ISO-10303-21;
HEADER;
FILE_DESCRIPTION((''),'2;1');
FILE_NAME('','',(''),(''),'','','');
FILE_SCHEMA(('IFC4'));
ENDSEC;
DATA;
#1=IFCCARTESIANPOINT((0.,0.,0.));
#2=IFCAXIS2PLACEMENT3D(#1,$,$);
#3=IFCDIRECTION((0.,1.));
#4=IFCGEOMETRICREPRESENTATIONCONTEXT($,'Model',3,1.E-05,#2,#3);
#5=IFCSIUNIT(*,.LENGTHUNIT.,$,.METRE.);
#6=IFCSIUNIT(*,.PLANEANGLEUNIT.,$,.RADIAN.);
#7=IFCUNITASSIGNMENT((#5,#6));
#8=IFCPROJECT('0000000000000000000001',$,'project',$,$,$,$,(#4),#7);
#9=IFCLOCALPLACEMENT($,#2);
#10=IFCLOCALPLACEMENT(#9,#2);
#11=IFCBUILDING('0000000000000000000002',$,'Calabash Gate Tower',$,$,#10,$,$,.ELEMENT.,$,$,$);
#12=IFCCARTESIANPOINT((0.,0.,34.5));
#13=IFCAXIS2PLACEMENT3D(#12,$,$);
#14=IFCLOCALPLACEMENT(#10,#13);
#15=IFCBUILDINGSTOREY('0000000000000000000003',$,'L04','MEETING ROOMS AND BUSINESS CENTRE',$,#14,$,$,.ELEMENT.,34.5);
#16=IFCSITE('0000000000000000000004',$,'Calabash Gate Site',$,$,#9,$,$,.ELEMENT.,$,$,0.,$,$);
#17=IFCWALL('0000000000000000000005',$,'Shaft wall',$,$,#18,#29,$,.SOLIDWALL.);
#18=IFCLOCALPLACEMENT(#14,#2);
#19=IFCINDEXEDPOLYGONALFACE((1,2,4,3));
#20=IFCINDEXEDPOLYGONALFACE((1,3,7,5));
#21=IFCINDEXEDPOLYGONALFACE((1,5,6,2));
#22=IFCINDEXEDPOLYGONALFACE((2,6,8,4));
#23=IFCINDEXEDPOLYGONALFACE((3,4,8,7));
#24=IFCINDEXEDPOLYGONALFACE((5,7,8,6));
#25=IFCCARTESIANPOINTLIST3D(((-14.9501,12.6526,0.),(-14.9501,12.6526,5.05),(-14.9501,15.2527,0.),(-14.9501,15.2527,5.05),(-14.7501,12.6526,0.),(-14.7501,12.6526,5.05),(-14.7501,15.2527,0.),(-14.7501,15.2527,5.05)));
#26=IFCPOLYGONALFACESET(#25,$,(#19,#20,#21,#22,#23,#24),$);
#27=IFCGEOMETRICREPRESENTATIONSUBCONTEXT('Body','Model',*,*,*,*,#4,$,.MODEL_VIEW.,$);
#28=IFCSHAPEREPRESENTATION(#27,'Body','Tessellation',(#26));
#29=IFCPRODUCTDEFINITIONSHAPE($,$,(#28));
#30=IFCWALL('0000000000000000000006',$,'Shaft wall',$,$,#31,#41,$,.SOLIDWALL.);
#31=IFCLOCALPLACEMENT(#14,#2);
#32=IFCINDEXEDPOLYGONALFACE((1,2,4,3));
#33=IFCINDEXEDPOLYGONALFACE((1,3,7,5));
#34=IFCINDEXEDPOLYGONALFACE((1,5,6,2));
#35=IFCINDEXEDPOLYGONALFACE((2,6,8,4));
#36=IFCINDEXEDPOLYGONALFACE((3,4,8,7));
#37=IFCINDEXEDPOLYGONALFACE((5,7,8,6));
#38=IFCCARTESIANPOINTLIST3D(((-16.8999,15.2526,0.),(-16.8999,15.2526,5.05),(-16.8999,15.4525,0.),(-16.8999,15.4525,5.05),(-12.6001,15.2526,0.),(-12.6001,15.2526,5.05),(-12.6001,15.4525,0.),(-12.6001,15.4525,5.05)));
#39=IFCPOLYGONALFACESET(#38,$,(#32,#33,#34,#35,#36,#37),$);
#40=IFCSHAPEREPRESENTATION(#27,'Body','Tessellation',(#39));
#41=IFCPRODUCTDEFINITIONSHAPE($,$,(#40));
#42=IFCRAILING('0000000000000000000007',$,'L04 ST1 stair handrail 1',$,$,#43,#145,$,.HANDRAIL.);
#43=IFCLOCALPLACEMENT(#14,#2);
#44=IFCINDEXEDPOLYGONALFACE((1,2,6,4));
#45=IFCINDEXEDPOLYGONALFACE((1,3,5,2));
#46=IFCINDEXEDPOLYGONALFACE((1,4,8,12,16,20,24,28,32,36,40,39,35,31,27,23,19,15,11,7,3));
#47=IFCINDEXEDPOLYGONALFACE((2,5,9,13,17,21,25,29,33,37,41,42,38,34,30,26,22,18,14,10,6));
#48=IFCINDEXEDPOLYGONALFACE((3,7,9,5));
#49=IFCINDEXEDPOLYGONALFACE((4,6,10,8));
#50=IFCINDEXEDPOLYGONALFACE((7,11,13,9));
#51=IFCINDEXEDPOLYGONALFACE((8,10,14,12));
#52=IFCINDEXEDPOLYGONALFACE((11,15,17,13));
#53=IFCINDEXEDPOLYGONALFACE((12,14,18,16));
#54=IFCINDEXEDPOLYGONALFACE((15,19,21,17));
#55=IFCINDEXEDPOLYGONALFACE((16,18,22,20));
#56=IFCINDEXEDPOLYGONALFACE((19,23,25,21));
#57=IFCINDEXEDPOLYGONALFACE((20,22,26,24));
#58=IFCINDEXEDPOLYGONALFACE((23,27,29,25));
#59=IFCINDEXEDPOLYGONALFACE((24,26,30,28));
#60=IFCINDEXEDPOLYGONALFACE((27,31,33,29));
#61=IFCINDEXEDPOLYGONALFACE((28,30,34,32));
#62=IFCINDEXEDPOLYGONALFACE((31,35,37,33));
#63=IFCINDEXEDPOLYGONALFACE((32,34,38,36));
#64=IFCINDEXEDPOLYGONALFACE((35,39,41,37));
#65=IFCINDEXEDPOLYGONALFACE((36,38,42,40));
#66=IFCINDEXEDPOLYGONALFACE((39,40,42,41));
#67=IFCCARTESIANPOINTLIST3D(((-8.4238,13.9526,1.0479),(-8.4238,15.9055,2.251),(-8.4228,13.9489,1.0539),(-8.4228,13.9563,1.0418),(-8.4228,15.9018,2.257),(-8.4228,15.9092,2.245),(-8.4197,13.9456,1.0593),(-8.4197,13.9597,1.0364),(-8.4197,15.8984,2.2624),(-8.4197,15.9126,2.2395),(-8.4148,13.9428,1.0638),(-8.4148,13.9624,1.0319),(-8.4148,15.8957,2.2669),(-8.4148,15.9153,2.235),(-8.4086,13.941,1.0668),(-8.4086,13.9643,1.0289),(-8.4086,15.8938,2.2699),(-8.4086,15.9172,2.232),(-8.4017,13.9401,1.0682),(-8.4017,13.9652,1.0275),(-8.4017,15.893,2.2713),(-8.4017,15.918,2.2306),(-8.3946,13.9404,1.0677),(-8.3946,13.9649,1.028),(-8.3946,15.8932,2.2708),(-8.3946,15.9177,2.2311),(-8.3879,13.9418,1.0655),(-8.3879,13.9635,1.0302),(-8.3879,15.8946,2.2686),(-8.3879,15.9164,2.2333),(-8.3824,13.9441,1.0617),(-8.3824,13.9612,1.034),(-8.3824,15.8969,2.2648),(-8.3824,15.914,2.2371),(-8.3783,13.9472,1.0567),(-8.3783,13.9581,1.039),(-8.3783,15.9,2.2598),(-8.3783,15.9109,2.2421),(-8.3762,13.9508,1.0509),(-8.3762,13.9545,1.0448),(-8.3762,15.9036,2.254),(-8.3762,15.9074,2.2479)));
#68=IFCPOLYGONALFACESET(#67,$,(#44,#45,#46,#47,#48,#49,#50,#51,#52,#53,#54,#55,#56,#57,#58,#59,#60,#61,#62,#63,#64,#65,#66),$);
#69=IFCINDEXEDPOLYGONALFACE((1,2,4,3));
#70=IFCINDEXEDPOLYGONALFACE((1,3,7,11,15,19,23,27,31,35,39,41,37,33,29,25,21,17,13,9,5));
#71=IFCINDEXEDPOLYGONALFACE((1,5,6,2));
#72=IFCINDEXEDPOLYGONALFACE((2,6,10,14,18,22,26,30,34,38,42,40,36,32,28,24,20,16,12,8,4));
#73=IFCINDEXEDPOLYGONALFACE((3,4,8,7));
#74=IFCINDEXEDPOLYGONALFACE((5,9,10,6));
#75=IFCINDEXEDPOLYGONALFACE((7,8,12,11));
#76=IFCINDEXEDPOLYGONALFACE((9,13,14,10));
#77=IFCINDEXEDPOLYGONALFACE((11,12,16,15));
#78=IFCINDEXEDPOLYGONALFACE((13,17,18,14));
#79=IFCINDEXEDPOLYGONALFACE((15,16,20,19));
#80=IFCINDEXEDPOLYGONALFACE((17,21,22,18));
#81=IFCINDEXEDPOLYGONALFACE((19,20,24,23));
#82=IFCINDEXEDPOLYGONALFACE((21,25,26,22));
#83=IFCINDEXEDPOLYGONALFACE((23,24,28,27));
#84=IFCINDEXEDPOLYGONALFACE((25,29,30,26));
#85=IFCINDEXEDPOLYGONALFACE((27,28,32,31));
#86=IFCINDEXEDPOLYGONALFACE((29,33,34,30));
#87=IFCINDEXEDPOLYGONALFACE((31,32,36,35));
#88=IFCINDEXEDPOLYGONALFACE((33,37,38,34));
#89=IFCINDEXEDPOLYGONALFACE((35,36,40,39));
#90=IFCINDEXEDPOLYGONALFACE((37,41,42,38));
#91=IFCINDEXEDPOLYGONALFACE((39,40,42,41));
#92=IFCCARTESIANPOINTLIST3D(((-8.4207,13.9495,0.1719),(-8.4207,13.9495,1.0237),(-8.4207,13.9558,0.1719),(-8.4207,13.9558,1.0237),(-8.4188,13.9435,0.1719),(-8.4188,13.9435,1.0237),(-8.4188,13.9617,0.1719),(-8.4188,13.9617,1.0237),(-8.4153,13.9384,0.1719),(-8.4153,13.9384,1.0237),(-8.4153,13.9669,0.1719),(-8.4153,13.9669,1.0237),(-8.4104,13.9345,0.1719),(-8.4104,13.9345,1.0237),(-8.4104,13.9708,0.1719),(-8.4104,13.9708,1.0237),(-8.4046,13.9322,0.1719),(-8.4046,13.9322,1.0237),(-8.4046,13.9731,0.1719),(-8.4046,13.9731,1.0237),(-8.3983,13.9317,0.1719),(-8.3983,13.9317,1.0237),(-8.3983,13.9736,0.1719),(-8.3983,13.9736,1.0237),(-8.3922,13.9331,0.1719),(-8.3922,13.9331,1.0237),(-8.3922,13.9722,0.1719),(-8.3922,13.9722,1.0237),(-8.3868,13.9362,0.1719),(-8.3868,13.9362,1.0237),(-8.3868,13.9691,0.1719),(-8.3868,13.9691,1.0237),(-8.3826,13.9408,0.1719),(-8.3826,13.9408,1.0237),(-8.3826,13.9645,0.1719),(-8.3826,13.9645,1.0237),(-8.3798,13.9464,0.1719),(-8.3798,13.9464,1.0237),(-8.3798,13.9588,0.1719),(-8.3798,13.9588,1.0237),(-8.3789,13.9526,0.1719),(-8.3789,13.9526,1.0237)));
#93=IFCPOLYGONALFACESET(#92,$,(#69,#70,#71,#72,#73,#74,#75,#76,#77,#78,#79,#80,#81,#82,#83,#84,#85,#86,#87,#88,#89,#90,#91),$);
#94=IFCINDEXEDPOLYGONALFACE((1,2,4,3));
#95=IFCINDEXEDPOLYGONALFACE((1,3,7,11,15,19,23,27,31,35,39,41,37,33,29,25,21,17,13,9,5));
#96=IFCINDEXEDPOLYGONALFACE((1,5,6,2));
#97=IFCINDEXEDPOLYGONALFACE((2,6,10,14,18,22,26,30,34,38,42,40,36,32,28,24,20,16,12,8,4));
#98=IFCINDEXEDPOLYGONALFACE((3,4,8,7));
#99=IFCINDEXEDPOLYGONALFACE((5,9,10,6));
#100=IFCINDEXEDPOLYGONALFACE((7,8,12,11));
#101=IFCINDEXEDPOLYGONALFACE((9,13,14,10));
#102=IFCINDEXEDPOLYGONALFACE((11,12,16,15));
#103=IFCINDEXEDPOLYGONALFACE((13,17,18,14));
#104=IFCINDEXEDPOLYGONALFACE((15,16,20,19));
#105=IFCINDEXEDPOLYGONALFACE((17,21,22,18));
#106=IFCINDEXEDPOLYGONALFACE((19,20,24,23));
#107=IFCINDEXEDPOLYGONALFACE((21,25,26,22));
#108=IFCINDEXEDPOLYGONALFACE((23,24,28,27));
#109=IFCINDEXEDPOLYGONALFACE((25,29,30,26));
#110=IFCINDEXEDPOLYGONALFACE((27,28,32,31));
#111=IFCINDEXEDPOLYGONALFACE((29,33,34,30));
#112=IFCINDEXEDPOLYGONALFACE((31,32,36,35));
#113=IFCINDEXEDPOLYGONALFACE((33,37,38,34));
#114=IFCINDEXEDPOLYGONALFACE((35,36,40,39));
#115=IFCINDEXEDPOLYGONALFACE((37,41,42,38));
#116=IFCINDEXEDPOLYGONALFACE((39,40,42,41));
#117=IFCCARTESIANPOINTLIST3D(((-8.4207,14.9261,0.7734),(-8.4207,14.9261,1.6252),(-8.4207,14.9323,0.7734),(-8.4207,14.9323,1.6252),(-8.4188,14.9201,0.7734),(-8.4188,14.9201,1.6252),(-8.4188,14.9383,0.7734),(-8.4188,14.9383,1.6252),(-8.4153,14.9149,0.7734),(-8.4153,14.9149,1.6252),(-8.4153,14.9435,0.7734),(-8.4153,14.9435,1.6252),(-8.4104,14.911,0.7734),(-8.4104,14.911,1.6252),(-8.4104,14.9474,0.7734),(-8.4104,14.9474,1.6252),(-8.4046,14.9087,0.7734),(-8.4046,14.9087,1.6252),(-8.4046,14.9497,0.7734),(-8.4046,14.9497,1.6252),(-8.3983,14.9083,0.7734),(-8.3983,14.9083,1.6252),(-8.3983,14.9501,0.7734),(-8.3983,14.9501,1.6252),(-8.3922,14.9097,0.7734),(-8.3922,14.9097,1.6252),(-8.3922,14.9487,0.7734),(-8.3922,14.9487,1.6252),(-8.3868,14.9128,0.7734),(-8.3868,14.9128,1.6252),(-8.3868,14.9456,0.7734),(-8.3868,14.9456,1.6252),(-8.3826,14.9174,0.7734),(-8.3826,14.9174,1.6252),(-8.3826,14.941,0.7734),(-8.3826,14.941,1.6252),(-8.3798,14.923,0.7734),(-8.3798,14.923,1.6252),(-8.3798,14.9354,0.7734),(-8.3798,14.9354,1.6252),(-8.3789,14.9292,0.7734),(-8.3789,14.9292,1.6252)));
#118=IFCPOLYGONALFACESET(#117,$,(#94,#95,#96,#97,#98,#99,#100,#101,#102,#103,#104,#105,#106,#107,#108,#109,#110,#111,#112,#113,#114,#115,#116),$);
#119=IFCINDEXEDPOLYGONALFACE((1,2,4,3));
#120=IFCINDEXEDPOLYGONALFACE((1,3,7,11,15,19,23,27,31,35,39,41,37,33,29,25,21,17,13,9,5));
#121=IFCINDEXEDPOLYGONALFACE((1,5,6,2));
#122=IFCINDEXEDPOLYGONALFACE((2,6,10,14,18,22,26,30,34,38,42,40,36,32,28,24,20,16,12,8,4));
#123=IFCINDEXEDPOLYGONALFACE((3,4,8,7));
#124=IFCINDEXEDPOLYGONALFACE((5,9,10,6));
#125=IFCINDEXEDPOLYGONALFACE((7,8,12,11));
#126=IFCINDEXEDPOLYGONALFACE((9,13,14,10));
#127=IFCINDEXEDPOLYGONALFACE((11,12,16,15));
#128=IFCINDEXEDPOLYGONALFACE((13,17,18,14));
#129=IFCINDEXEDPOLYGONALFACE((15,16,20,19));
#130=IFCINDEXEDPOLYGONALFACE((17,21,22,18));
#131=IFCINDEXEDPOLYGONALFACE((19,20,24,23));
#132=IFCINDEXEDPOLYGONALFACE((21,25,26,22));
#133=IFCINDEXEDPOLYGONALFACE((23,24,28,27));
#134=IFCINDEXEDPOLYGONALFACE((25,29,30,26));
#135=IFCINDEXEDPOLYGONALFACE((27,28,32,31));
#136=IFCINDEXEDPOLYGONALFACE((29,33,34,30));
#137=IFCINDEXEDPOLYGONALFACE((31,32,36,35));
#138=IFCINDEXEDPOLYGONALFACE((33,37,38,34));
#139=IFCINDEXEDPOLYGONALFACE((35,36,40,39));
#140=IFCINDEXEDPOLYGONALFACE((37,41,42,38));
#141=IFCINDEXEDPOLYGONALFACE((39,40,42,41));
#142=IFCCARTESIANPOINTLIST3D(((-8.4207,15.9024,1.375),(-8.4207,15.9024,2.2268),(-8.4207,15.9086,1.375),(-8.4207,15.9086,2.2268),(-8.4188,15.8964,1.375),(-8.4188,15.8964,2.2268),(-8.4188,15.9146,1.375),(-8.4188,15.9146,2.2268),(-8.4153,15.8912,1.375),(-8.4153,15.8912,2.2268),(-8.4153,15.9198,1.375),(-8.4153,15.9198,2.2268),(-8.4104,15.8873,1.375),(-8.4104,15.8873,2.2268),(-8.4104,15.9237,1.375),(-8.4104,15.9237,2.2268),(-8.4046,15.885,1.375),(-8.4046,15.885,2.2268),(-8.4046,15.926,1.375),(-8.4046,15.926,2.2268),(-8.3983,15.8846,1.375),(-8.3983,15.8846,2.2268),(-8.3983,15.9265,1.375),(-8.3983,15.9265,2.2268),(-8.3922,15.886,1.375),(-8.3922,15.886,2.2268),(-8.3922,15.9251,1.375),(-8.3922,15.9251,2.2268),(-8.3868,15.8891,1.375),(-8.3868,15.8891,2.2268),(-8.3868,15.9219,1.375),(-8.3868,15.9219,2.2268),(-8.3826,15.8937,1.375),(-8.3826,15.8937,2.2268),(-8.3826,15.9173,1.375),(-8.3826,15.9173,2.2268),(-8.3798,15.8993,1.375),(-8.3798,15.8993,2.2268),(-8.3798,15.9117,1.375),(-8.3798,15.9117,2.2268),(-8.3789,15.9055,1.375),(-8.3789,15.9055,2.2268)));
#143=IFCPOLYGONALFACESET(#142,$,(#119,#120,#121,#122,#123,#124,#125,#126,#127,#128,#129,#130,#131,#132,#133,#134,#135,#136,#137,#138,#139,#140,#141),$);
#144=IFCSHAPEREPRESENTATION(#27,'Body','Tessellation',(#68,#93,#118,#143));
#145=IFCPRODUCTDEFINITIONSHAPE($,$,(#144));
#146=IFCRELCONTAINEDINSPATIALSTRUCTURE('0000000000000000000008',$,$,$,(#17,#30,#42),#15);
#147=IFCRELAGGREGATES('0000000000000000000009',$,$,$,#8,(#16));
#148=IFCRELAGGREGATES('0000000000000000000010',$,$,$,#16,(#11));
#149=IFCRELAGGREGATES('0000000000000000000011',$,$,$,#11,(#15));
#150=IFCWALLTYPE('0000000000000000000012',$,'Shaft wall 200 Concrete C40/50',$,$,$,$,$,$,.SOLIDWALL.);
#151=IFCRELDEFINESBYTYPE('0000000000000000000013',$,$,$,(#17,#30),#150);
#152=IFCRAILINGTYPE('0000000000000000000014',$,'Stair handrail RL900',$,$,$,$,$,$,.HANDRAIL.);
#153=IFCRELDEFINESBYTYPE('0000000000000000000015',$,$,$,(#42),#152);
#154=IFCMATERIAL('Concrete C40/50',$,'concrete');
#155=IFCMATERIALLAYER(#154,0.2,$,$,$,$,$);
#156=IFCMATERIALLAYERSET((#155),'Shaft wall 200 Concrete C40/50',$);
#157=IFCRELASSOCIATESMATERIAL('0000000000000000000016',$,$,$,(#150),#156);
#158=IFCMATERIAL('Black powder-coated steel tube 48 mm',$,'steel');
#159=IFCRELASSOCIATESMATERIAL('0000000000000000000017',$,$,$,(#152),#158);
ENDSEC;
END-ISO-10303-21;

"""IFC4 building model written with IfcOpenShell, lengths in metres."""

from ifc_helpers import new_model, si_unit, direction, frame, frame_2d, origin, origin_2d, place, context, subcontext, project, spatial, rectangle, circle, extrude, material, layer, layer_set, type_object, element, save


model = new_model("IFC4")

# Units and contexts
model_context = context("Model", 3, precision=1e-05, world=origin(), true_north=direction((0.0, 1.0)))
body_context = subcontext(model_context, "Body", "Model", "MODEL_VIEW")
ifc_project = project(units=[si_unit("LENGTHUNIT", "METRE"), si_unit("PLANEANGLEUNIT", "RADIAN")], contexts=[model_context])

# Site, building, storey
site_placement = place(None, origin())
site = spatial("IfcSite", under=ifc_project, at=site_placement, Name="Calabash Gate Site", CompositionType="ELEMENT", RefElevation=0.0)
building_placement = place(site_placement, origin())
building = spatial("IfcBuilding", under=site, at=building_placement, Name="Calabash Gate Tower", CompositionType="ELEMENT")
storey_placement = place(building_placement, frame((0.0, 0.0, 34.5)))
storey = spatial("IfcBuildingStorey", under=building, at=storey_placement, Name="L04", Description="MEETING ROOMS AND BUSINESS CENTRE", CompositionType="ELEMENT", Elevation=34.5)

# Walls
ifc_material_1 = material(Name="Concrete C40/50", Category="concrete")
ifc_layer_1 = layer(ifc_material_1, 0.2)
ifc_layer_set_1 = layer_set([ifc_layer_1], Name="Shaft wall 200 Concrete C40/50")
wall_type_1 = type_object("IfcWallType", Name="Shaft wall 200 Concrete C40/50", PredefinedType="SOLIDWALL", material=ifc_layer_set_1)
wall_1_placement = place(storey_placement, frame((-14.8501, 12.6526, 0.0), z_axis=(0.0, 0.0, 1.0), x_axis=(0.0, 1.0, 0.0)))
element("IfcWall", 1, at=wall_1_placement, inside=storey, type_object=wall_type_1, Name="Shaft wall", PredefinedType="SOLIDWALL", context=body_context, shape_type="SweptSolid", body=[
    extrude(rectangle(XDim=2.6001, YDim=0.2, at=frame_2d((1.3, 0.0))), origin(), (0.0, 0.0, 1.0), 5.05),
])
wall_2_placement = place(storey_placement, frame((-16.8999, 15.3525, 0.0), z_axis=(0.0, 0.0, 1.0), x_axis=(1.0, 0.0, 0.0)))
element("IfcWall", 2, at=wall_2_placement, inside=storey, type_object=wall_type_1, Name="Shaft wall", PredefinedType="SOLIDWALL", context=body_context, shape_type="SweptSolid", body=[
    extrude(rectangle(XDim=4.2998, YDim=0.2, at=frame_2d((2.1499, 0.0))), origin(), (0.0, 0.0, 1.0), 5.05),
])

# Railing
ifc_material_2 = material(Name="Black powder-coated steel tube 48 mm", Category="steel")
railing_type_1 = type_object("IfcRailingType", Name="Stair handrail RL900", PredefinedType="HANDRAIL", material=ifc_material_2)
railing_1_placement = place(storey_placement, frame((-8.3999, 13.9526, 0.1719)))
element("IfcRailing", 3, at=railing_1_placement, inside=storey, type_object=railing_type_1, Name="L04 ST1 stair handrail 1", PredefinedType="HANDRAIL", context=body_context, shape_type="SweptSolid", body=[
    extrude(circle(Radius=0.0239, at=origin_2d()), frame((0.0, 0.0, 0.876), z_axis=(0.0, 0.851395, 0.524525), x_axis=(-1.0, 0.0, 0.0)), (0.0, 0.0, 1.0), 2.2937),
    extrude(circle(Radius=0.021, at=origin_2d()), origin(), (0.0, 0.0, 1.0), 0.8518),
    extrude(circle(Radius=0.021, at=origin_2d()), frame((0.0, 0.9766, 0.6016)), (0.0, 0.0, 1.0), 0.8518),
    extrude(circle(Radius=0.021, at=origin_2d()), frame((0.0, 1.9529, 1.2031)), (0.0, 0.0, 1.0), 0.8518),
])

save(model, "model.ifc")
